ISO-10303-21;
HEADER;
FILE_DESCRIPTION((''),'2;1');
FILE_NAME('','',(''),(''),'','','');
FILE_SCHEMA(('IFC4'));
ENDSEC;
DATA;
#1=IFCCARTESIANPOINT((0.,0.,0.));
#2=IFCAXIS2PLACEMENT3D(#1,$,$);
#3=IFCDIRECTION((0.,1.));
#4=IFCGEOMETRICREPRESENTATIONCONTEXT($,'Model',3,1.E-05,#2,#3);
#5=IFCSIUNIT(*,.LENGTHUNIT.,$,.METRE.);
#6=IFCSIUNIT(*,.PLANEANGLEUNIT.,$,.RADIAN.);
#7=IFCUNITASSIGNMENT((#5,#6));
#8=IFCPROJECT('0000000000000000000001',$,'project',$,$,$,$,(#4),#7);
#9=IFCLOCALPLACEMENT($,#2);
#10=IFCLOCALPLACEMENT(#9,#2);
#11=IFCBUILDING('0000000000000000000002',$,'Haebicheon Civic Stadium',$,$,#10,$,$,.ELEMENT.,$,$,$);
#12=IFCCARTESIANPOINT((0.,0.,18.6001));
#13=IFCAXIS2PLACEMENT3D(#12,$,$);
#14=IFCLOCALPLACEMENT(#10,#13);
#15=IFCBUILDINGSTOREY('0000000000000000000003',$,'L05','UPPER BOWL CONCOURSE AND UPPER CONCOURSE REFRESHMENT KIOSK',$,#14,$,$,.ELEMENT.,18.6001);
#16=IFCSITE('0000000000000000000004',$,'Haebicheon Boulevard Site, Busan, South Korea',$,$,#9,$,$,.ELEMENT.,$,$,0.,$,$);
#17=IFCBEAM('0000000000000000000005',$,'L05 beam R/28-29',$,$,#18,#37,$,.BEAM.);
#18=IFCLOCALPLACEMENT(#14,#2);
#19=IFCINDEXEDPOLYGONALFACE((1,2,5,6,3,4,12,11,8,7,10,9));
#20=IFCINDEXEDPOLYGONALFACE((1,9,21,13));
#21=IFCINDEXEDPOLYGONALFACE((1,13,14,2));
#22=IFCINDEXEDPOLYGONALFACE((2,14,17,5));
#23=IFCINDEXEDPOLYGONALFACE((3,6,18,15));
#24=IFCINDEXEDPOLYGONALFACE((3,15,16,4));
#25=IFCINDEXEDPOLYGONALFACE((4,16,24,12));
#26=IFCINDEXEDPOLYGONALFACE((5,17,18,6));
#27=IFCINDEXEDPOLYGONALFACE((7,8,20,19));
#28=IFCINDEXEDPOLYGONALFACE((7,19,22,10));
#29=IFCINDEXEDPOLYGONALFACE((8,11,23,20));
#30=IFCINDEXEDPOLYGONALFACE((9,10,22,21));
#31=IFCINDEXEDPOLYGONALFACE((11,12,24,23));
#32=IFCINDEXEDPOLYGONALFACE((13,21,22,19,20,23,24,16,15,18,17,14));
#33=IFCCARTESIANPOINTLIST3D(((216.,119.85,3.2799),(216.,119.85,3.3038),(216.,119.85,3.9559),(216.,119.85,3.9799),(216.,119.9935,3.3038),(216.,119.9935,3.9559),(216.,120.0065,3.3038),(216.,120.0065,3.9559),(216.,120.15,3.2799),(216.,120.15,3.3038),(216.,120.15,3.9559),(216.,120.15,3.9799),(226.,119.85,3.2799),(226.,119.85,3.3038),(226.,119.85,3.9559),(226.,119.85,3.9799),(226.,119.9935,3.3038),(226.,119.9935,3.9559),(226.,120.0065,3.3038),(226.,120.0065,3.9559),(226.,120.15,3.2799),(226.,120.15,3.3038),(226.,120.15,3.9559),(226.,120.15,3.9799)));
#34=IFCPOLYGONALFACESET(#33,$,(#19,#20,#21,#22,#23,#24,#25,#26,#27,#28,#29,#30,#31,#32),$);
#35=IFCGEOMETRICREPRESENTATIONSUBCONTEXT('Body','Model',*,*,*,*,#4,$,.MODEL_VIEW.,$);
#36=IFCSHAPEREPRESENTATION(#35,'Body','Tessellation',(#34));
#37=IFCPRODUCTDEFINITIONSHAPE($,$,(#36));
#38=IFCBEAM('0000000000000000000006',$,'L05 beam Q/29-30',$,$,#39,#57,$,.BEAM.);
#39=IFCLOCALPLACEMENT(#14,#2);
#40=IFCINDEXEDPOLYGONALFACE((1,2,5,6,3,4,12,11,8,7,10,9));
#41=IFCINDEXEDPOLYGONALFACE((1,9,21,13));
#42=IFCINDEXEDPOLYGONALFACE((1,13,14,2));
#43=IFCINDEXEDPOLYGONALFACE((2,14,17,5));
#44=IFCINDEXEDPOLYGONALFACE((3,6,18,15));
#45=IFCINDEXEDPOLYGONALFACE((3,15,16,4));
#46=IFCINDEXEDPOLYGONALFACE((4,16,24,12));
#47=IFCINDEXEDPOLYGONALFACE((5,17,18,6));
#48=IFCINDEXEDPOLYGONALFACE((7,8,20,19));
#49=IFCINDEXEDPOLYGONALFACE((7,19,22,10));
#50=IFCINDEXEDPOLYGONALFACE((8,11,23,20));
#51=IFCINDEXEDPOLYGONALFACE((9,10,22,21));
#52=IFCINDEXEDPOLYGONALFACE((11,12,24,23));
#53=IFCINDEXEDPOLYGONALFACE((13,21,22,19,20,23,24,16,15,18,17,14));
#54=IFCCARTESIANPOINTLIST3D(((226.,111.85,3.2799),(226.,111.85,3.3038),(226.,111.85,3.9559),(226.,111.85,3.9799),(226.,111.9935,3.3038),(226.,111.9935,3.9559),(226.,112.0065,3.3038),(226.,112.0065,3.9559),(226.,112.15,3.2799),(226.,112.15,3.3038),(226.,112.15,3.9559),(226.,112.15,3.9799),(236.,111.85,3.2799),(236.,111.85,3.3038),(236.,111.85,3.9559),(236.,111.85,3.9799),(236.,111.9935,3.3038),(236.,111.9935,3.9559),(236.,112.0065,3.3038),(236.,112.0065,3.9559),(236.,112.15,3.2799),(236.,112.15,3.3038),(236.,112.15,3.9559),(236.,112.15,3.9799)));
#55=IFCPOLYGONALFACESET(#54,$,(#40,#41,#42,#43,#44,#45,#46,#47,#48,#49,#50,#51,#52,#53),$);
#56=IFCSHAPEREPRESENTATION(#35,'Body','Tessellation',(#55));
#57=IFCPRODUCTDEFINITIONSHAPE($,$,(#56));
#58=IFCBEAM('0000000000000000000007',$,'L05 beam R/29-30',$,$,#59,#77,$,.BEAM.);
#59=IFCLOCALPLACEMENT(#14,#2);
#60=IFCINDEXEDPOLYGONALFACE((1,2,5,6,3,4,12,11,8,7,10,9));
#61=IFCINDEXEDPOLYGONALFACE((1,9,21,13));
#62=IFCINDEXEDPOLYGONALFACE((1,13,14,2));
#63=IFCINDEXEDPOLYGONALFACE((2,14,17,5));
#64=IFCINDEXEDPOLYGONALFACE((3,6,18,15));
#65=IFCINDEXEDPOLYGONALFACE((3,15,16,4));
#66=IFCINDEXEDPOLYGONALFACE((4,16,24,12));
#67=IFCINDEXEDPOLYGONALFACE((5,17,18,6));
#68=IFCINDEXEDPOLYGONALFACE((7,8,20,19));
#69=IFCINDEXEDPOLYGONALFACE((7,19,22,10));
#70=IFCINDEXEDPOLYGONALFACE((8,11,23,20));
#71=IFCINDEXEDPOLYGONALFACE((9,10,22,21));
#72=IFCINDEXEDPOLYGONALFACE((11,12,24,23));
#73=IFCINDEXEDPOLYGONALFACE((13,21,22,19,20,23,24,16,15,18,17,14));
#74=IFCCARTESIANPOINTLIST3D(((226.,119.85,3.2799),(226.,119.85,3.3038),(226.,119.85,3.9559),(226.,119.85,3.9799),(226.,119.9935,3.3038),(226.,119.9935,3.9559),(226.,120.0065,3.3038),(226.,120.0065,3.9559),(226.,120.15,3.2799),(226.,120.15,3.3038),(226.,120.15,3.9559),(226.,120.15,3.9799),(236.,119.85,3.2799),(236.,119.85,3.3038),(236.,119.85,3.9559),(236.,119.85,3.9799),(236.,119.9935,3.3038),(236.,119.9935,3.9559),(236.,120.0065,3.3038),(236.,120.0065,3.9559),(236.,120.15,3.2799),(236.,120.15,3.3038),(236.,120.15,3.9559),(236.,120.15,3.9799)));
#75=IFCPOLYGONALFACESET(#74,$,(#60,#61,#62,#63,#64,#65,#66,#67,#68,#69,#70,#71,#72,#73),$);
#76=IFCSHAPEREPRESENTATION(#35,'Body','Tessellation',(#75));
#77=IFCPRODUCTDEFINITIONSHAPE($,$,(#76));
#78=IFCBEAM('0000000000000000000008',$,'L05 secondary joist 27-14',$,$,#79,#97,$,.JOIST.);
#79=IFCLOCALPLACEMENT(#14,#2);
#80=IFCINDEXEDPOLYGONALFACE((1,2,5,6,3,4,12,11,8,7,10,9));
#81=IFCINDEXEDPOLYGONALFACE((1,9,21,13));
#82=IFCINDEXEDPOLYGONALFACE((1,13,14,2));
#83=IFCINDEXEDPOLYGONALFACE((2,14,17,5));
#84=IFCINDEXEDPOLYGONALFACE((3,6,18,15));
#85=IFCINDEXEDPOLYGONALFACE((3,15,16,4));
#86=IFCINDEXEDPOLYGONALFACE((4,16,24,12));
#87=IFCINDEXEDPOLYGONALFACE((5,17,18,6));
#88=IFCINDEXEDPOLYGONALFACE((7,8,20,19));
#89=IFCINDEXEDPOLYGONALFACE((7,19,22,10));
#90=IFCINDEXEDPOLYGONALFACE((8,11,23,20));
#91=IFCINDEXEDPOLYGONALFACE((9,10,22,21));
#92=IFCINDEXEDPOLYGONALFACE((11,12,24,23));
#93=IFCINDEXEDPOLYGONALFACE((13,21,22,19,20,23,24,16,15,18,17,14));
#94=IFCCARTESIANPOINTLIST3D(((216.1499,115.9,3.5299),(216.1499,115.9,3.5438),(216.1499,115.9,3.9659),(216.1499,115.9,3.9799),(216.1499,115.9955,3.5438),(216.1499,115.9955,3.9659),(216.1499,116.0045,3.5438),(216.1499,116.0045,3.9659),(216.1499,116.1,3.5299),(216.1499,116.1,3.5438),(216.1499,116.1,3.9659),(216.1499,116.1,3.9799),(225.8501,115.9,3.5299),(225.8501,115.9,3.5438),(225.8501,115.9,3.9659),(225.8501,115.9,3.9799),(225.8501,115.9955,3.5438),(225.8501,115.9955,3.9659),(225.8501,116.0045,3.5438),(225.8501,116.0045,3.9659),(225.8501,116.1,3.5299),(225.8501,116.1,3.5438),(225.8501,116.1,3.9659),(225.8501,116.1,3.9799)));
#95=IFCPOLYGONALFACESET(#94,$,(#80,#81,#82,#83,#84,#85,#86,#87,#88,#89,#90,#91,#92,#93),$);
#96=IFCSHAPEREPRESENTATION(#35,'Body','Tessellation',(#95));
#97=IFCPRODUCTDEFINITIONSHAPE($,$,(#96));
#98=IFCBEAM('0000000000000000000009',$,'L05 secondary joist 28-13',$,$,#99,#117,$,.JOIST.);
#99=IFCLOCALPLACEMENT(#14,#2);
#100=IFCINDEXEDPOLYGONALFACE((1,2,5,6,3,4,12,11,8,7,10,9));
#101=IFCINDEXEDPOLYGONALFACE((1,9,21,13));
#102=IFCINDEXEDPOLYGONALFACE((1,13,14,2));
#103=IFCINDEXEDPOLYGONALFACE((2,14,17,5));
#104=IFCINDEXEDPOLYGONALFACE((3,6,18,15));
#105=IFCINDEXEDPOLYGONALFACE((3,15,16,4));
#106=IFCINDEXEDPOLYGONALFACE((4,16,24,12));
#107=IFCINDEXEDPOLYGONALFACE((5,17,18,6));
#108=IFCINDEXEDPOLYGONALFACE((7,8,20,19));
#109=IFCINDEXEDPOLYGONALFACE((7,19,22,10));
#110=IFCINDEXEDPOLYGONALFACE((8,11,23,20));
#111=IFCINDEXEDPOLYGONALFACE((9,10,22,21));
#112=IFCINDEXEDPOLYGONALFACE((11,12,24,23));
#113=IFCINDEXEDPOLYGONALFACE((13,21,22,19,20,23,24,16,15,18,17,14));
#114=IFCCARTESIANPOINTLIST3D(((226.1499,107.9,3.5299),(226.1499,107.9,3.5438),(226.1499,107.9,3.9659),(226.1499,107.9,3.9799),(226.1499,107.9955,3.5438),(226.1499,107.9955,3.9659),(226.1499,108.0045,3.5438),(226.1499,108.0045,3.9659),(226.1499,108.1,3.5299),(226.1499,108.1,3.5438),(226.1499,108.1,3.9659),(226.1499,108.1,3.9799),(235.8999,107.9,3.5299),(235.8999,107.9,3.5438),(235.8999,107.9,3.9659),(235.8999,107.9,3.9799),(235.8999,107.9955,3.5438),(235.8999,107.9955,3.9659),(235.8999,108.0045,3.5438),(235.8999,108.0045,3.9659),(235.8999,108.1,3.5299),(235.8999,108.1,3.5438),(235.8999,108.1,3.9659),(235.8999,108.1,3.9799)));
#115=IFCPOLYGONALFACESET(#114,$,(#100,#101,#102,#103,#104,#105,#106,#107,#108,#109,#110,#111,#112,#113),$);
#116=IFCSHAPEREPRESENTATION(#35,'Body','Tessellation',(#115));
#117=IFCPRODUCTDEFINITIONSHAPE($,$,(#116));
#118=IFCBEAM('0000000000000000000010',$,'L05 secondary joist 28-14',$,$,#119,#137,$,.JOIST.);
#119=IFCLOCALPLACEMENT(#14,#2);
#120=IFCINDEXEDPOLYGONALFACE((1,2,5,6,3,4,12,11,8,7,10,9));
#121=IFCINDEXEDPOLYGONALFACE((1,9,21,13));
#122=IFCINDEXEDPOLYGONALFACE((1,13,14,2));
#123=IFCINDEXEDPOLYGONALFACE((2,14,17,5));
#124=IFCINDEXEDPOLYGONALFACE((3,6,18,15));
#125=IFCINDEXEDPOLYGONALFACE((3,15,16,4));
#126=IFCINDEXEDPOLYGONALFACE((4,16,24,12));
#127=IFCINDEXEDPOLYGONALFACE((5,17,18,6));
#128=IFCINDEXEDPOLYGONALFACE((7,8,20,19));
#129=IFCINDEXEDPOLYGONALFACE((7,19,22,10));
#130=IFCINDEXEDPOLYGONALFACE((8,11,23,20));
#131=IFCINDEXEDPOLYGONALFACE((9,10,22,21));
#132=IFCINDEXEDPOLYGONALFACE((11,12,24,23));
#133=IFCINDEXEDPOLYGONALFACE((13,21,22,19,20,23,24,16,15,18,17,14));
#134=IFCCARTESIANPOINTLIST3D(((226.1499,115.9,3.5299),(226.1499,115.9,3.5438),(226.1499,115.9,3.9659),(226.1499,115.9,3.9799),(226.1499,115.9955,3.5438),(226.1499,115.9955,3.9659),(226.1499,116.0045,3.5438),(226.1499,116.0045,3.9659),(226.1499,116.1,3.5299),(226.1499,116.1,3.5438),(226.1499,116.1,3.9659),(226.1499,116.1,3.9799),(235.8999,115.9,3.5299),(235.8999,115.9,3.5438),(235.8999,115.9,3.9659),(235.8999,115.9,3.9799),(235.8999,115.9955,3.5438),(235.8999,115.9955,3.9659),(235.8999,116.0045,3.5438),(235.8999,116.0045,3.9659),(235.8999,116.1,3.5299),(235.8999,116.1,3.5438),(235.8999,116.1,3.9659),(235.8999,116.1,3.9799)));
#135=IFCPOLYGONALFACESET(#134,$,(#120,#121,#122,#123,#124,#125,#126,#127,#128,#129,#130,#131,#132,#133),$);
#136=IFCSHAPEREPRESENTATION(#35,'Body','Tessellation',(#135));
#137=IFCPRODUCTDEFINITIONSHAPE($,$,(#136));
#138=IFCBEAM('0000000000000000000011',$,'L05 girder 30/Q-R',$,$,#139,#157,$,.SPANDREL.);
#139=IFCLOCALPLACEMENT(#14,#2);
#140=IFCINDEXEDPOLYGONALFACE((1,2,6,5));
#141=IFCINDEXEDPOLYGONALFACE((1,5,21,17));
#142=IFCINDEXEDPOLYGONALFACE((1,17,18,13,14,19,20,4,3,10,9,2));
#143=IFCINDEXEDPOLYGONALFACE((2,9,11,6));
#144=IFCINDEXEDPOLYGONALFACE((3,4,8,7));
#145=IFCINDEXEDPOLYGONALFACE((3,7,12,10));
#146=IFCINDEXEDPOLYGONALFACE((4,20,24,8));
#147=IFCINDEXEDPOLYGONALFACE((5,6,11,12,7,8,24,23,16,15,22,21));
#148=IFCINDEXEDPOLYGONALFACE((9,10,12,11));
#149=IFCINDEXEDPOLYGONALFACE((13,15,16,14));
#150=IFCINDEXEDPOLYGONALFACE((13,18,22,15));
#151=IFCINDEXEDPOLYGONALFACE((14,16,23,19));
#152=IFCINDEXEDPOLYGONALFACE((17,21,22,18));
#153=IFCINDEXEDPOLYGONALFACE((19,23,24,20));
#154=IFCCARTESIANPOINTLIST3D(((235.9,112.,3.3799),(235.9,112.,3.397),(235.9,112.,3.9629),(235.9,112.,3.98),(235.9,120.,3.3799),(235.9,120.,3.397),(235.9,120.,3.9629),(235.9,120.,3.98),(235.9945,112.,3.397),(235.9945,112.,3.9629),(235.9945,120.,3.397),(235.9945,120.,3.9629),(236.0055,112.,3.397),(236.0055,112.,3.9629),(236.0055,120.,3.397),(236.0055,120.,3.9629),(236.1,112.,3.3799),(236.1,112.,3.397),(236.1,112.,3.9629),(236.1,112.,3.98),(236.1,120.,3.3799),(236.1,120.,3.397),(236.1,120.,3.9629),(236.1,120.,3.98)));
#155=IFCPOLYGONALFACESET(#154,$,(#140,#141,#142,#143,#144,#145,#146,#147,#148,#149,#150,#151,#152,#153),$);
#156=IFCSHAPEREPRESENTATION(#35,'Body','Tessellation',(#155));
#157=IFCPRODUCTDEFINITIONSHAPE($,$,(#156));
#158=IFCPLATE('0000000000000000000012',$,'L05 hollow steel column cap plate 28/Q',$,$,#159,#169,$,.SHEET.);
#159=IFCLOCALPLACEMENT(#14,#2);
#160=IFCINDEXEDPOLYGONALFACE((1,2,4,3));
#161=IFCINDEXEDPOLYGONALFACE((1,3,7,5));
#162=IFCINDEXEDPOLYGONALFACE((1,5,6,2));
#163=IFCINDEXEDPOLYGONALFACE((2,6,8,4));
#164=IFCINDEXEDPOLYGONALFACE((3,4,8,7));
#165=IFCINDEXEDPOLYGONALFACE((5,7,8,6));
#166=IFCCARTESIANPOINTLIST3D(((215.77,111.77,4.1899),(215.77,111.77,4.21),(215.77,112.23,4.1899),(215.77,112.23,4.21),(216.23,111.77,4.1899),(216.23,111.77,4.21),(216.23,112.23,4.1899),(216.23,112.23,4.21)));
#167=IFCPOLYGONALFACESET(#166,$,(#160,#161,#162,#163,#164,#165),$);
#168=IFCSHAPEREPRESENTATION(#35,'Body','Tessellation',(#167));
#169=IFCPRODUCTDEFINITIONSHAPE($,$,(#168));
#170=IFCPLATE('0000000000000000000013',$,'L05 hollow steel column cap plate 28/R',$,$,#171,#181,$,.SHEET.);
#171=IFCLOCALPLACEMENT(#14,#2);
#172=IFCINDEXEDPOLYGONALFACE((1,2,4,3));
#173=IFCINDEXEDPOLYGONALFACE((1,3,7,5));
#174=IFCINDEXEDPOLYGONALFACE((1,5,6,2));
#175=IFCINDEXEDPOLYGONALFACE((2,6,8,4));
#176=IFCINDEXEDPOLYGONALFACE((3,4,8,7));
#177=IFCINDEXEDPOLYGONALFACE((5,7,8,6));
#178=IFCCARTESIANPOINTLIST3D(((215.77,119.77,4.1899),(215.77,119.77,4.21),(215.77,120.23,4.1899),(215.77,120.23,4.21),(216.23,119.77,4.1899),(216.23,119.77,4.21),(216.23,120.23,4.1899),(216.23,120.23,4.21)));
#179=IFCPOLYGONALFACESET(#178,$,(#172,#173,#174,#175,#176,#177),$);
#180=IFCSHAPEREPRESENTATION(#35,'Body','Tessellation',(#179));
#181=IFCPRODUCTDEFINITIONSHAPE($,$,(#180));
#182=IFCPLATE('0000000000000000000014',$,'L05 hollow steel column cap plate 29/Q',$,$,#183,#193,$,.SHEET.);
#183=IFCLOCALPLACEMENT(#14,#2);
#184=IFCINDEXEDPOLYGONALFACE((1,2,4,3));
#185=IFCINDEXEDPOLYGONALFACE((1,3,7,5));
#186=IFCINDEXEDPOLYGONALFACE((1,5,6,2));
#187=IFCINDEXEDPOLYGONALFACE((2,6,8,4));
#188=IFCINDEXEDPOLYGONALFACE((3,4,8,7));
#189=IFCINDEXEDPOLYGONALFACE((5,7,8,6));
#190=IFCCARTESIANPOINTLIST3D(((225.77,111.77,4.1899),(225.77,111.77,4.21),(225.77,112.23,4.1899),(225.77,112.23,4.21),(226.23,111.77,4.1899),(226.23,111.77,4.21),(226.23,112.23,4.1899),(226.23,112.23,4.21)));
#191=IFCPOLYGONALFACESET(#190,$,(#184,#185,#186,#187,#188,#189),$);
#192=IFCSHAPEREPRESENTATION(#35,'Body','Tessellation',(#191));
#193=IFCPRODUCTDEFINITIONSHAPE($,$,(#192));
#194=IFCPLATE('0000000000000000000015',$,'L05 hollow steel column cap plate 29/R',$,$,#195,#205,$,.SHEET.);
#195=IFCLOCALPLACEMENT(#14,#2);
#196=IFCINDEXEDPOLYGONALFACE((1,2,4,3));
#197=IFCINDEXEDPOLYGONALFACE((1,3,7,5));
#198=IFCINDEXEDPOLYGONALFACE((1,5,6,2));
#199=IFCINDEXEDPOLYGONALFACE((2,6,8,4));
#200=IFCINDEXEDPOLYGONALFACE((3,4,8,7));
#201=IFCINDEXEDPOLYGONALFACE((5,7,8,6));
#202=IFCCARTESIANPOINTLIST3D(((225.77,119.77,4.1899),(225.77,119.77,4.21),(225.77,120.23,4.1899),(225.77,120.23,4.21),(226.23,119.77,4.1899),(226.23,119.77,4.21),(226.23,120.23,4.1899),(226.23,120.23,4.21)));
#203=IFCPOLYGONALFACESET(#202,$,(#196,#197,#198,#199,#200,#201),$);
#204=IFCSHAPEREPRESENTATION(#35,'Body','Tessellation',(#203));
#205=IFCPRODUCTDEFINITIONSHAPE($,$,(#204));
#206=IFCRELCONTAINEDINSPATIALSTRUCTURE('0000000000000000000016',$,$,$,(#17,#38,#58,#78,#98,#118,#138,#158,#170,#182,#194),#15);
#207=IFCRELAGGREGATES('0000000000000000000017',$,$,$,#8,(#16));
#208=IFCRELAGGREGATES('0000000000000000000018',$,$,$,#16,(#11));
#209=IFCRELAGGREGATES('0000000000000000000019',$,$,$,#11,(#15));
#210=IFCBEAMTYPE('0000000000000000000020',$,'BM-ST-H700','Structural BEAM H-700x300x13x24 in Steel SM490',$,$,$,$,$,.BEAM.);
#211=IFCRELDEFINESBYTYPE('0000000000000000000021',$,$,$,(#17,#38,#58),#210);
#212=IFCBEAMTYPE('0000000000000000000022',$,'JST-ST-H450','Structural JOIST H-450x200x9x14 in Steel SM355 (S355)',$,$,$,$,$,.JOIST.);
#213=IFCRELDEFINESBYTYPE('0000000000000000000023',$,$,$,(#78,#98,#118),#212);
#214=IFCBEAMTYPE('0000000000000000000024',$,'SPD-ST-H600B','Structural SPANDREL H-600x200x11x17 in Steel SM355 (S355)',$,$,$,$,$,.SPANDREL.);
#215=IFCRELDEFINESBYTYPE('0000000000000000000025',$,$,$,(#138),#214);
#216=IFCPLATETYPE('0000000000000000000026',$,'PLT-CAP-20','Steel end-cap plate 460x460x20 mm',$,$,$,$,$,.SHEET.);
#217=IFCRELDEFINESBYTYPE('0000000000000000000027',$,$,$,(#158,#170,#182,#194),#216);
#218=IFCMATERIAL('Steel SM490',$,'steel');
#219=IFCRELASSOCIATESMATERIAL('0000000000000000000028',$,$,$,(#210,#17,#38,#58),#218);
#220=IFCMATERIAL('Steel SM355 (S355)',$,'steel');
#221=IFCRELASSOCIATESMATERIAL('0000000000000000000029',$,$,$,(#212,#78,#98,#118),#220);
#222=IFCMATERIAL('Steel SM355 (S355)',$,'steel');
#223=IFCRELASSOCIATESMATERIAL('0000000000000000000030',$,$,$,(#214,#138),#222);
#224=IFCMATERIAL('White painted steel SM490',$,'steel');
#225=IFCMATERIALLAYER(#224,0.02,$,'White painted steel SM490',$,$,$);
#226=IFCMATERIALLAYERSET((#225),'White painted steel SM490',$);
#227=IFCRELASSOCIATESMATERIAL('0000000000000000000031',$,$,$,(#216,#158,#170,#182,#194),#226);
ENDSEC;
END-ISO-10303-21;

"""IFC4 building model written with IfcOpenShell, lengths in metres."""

from ifc_helpers import new_model, si_unit, direction, frame, origin, origin_2d, place, context, subcontext, project, spatial, rectangle, i_section, extrude, material, layer, layer_set, material_profile, profile_set, type_object, element, save


model = new_model("IFC4")

# Units and contexts
model_context = context("Model", 3, precision=1e-05, world=origin(), true_north=direction((0.0, 1.0)))
body_context = subcontext(model_context, "Body", "Model", "MODEL_VIEW")
ifc_project = project(units=[si_unit("LENGTHUNIT", "METRE"), si_unit("PLANEANGLEUNIT", "RADIAN")], contexts=[model_context])

# Site, building, storey
site_placement = place(None, origin())
site = spatial("IfcSite", under=ifc_project, at=site_placement, Name="Haebicheon Boulevard Site, Busan, South Korea", CompositionType="ELEMENT", RefElevation=0.0)
building_placement = place(site_placement, origin())
building = spatial("IfcBuilding", under=site, at=building_placement, Name="Haebicheon Civic Stadium", CompositionType="ELEMENT")
storey_placement = place(building_placement, frame((0.0, 0.0, 18.6001)))
storey = spatial("IfcBuildingStorey", under=building, at=storey_placement, Name="L05", Description="UPPER BOWL CONCOURSE AND UPPER CONCOURSE REFRESHMENT KIOSK", CompositionType="ELEMENT", Elevation=18.6001)

# Beams
ifc_material_1 = material(Name="Steel SM490", Category="steel")
ifc_material_profile_1 = material_profile(ifc_material_1, i_section(OverallWidth=0.3, OverallDepth=0.7, WebThickness=0.0129, FlangeThickness=0.0239, at=origin_2d()), Name="H-700x300x13x24")
ifc_profile_set_1 = profile_set([ifc_material_profile_1], Name="Steel SM490")
beam_type_1 = type_object("IfcBeamType", Name="BM-ST-H700", Description="Structural BEAM H-700x300x13x24 in Steel SM490", PredefinedType="BEAM", material=ifc_profile_set_1)
for number, where, z_axis, x_axis, name in (
    (1, (216.0, 120.0, 3.6299), (1.0, 0.0, 0.0), (0.0, 1.0, 0.0), "L05 beam R/28-29"),
    (2, (226.0, 112.0, 3.6299), (1.0, 0.0, 0.0), (0.0, 1.0, 0.0), "L05 beam Q/29-30"),
    (3, (226.0, 120.0, 3.6299), (1.0, 0.0, 0.0), (0.0, 1.0, 0.0), "L05 beam R/29-30"),
):
    element("IfcBeam", number, at=place(storey_placement, frame(where, z_axis=z_axis, x_axis=x_axis)), inside=storey, type_object=beam_type_1, material=ifc_profile_set_1, Name=name, PredefinedType="BEAM", context=body_context, shape_type="SweptSolid", body=[
        extrude(i_section(OverallWidth=0.3, OverallDepth=0.7, WebThickness=0.0129, FlangeThickness=0.0239, at=origin_2d()), origin(), (0.0, 0.0, 1.0), 10.0),
    ])
ifc_material_2 = material(Name="Steel SM355 (S355)", Category="steel")
ifc_material_profile_2 = material_profile(ifc_material_2, i_section(OverallWidth=0.2, OverallDepth=0.45, WebThickness=0.009, FlangeThickness=0.0139, at=origin_2d()), Name="H-450x200x9x14")
ifc_profile_set_2 = profile_set([ifc_material_profile_2], Name="Steel SM355 (S355)")
beam_type_2 = type_object("IfcBeamType", Name="JST-ST-H450", Description="Structural JOIST H-450x200x9x14 in Steel SM355 (S355)", PredefinedType="JOIST", material=ifc_profile_set_2)
beam_1_placement = place(storey_placement, frame((216.1499, 116.0, 3.7549), z_axis=(1.0, 0.0, 0.0), x_axis=(0.0, 1.0, 0.0)))
element("IfcBeam", 4, at=beam_1_placement, inside=storey, type_object=beam_type_2, material=ifc_profile_set_2, Name="L05 secondary joist 27-14", PredefinedType="JOIST", context=body_context, shape_type="SweptSolid", body=[
    extrude(i_section(OverallWidth=0.2, OverallDepth=0.45, WebThickness=0.009, FlangeThickness=0.0139, at=origin_2d()), origin(), (0.0, 0.0, 1.0), 9.7002),
])
for number, where, z_axis, x_axis, name in (
    (5, (226.1499, 108.0, 3.7549), (1.0, 0.0, 0.0), (0.0, 1.0, 0.0), "L05 secondary joist 28-13"),
    (6, (226.1499, 116.0, 3.7549), (1.0, 0.0, 0.0), (0.0, 1.0, 0.0), "L05 secondary joist 28-14"),
):
    element("IfcBeam", number, at=place(storey_placement, frame(where, z_axis=z_axis, x_axis=x_axis)), inside=storey, type_object=beam_type_2, material=ifc_profile_set_2, Name=name, PredefinedType="JOIST", context=body_context, shape_type="SweptSolid", body=[
        extrude(i_section(OverallWidth=0.2, OverallDepth=0.45, WebThickness=0.009, FlangeThickness=0.0139, at=origin_2d()), origin(), (0.0, 0.0, 1.0), 9.75),
    ])
ifc_material_3 = material(Name="Steel SM355 (S355)", Category="steel")
ifc_material_profile_3 = material_profile(ifc_material_3, i_section(OverallWidth=0.2, OverallDepth=0.6001, WebThickness=0.011, FlangeThickness=0.0171, at=origin_2d()), Name="H-600x200x11x17")
ifc_profile_set_3 = profile_set([ifc_material_profile_3], Name="Steel SM355 (S355)")
beam_type_3 = type_object("IfcBeamType", Name="SPD-ST-H600B", Description="Structural SPANDREL H-600x200x11x17 in Steel SM355 (S355)", PredefinedType="SPANDREL", material=ifc_profile_set_3)
beam_2_placement = place(storey_placement, frame((236.0, 112.0, 3.6799), z_axis=(0.0, 1.0, 0.0), x_axis=(-1.0, 0.0, 0.0)))
element("IfcBeam", 7, at=beam_2_placement, inside=storey, type_object=beam_type_3, material=ifc_profile_set_3, Name="L05 girder 30/Q-R", PredefinedType="SPANDREL", context=body_context, shape_type="SweptSolid", body=[
    extrude(i_section(OverallWidth=0.2, OverallDepth=0.6001, WebThickness=0.011, FlangeThickness=0.0171, at=origin_2d()), origin(), (0.0, 0.0, 1.0), 8.0),
])

# Plates
ifc_material_4 = material(Name="White painted steel SM490", Category="steel")
ifc_layer_1 = layer(ifc_material_4, 0.02, Name="White painted steel SM490")
ifc_layer_set_1 = layer_set([ifc_layer_1], Name="White painted steel SM490")
plate_type = type_object("IfcPlateType", Name="PLT-CAP-20", Description="Steel end-cap plate 460x460x20 mm", PredefinedType="SHEET", material=ifc_layer_set_1)
for number, where, z_axis, x_axis, name in (
    (8, (216.0, 112.0, 4.1899), (0.0, 0.0, 1.0), (1.0, 0.0, 0.0), "L05 hollow steel column cap plate 28/Q"),
    (9, (216.0, 120.0, 4.1899), (0.0, 0.0, 1.0), (1.0, 0.0, 0.0), "L05 hollow steel column cap plate 28/R"),
    (10, (226.0, 112.0, 4.1899), (0.0, 0.0, 1.0), (1.0, 0.0, 0.0), "L05 hollow steel column cap plate 29/Q"),
    (11, (226.0, 120.0, 4.1899), (0.0, 0.0, 1.0), (1.0, 0.0, 0.0), "L05 hollow steel column cap plate 29/R"),
):
    element("IfcPlate", number, at=place(storey_placement, frame(where, z_axis=z_axis, x_axis=x_axis)), inside=storey, type_object=plate_type, material=ifc_layer_set_1, Name=name, PredefinedType="SHEET", context=body_context, shape_type="SweptSolid", body=[
        extrude(rectangle(XDim=0.46, YDim=0.46, at=origin_2d()), origin(), (0.0, 0.0, 1.0), 0.02),
    ])

save(model, "model.ifc")
